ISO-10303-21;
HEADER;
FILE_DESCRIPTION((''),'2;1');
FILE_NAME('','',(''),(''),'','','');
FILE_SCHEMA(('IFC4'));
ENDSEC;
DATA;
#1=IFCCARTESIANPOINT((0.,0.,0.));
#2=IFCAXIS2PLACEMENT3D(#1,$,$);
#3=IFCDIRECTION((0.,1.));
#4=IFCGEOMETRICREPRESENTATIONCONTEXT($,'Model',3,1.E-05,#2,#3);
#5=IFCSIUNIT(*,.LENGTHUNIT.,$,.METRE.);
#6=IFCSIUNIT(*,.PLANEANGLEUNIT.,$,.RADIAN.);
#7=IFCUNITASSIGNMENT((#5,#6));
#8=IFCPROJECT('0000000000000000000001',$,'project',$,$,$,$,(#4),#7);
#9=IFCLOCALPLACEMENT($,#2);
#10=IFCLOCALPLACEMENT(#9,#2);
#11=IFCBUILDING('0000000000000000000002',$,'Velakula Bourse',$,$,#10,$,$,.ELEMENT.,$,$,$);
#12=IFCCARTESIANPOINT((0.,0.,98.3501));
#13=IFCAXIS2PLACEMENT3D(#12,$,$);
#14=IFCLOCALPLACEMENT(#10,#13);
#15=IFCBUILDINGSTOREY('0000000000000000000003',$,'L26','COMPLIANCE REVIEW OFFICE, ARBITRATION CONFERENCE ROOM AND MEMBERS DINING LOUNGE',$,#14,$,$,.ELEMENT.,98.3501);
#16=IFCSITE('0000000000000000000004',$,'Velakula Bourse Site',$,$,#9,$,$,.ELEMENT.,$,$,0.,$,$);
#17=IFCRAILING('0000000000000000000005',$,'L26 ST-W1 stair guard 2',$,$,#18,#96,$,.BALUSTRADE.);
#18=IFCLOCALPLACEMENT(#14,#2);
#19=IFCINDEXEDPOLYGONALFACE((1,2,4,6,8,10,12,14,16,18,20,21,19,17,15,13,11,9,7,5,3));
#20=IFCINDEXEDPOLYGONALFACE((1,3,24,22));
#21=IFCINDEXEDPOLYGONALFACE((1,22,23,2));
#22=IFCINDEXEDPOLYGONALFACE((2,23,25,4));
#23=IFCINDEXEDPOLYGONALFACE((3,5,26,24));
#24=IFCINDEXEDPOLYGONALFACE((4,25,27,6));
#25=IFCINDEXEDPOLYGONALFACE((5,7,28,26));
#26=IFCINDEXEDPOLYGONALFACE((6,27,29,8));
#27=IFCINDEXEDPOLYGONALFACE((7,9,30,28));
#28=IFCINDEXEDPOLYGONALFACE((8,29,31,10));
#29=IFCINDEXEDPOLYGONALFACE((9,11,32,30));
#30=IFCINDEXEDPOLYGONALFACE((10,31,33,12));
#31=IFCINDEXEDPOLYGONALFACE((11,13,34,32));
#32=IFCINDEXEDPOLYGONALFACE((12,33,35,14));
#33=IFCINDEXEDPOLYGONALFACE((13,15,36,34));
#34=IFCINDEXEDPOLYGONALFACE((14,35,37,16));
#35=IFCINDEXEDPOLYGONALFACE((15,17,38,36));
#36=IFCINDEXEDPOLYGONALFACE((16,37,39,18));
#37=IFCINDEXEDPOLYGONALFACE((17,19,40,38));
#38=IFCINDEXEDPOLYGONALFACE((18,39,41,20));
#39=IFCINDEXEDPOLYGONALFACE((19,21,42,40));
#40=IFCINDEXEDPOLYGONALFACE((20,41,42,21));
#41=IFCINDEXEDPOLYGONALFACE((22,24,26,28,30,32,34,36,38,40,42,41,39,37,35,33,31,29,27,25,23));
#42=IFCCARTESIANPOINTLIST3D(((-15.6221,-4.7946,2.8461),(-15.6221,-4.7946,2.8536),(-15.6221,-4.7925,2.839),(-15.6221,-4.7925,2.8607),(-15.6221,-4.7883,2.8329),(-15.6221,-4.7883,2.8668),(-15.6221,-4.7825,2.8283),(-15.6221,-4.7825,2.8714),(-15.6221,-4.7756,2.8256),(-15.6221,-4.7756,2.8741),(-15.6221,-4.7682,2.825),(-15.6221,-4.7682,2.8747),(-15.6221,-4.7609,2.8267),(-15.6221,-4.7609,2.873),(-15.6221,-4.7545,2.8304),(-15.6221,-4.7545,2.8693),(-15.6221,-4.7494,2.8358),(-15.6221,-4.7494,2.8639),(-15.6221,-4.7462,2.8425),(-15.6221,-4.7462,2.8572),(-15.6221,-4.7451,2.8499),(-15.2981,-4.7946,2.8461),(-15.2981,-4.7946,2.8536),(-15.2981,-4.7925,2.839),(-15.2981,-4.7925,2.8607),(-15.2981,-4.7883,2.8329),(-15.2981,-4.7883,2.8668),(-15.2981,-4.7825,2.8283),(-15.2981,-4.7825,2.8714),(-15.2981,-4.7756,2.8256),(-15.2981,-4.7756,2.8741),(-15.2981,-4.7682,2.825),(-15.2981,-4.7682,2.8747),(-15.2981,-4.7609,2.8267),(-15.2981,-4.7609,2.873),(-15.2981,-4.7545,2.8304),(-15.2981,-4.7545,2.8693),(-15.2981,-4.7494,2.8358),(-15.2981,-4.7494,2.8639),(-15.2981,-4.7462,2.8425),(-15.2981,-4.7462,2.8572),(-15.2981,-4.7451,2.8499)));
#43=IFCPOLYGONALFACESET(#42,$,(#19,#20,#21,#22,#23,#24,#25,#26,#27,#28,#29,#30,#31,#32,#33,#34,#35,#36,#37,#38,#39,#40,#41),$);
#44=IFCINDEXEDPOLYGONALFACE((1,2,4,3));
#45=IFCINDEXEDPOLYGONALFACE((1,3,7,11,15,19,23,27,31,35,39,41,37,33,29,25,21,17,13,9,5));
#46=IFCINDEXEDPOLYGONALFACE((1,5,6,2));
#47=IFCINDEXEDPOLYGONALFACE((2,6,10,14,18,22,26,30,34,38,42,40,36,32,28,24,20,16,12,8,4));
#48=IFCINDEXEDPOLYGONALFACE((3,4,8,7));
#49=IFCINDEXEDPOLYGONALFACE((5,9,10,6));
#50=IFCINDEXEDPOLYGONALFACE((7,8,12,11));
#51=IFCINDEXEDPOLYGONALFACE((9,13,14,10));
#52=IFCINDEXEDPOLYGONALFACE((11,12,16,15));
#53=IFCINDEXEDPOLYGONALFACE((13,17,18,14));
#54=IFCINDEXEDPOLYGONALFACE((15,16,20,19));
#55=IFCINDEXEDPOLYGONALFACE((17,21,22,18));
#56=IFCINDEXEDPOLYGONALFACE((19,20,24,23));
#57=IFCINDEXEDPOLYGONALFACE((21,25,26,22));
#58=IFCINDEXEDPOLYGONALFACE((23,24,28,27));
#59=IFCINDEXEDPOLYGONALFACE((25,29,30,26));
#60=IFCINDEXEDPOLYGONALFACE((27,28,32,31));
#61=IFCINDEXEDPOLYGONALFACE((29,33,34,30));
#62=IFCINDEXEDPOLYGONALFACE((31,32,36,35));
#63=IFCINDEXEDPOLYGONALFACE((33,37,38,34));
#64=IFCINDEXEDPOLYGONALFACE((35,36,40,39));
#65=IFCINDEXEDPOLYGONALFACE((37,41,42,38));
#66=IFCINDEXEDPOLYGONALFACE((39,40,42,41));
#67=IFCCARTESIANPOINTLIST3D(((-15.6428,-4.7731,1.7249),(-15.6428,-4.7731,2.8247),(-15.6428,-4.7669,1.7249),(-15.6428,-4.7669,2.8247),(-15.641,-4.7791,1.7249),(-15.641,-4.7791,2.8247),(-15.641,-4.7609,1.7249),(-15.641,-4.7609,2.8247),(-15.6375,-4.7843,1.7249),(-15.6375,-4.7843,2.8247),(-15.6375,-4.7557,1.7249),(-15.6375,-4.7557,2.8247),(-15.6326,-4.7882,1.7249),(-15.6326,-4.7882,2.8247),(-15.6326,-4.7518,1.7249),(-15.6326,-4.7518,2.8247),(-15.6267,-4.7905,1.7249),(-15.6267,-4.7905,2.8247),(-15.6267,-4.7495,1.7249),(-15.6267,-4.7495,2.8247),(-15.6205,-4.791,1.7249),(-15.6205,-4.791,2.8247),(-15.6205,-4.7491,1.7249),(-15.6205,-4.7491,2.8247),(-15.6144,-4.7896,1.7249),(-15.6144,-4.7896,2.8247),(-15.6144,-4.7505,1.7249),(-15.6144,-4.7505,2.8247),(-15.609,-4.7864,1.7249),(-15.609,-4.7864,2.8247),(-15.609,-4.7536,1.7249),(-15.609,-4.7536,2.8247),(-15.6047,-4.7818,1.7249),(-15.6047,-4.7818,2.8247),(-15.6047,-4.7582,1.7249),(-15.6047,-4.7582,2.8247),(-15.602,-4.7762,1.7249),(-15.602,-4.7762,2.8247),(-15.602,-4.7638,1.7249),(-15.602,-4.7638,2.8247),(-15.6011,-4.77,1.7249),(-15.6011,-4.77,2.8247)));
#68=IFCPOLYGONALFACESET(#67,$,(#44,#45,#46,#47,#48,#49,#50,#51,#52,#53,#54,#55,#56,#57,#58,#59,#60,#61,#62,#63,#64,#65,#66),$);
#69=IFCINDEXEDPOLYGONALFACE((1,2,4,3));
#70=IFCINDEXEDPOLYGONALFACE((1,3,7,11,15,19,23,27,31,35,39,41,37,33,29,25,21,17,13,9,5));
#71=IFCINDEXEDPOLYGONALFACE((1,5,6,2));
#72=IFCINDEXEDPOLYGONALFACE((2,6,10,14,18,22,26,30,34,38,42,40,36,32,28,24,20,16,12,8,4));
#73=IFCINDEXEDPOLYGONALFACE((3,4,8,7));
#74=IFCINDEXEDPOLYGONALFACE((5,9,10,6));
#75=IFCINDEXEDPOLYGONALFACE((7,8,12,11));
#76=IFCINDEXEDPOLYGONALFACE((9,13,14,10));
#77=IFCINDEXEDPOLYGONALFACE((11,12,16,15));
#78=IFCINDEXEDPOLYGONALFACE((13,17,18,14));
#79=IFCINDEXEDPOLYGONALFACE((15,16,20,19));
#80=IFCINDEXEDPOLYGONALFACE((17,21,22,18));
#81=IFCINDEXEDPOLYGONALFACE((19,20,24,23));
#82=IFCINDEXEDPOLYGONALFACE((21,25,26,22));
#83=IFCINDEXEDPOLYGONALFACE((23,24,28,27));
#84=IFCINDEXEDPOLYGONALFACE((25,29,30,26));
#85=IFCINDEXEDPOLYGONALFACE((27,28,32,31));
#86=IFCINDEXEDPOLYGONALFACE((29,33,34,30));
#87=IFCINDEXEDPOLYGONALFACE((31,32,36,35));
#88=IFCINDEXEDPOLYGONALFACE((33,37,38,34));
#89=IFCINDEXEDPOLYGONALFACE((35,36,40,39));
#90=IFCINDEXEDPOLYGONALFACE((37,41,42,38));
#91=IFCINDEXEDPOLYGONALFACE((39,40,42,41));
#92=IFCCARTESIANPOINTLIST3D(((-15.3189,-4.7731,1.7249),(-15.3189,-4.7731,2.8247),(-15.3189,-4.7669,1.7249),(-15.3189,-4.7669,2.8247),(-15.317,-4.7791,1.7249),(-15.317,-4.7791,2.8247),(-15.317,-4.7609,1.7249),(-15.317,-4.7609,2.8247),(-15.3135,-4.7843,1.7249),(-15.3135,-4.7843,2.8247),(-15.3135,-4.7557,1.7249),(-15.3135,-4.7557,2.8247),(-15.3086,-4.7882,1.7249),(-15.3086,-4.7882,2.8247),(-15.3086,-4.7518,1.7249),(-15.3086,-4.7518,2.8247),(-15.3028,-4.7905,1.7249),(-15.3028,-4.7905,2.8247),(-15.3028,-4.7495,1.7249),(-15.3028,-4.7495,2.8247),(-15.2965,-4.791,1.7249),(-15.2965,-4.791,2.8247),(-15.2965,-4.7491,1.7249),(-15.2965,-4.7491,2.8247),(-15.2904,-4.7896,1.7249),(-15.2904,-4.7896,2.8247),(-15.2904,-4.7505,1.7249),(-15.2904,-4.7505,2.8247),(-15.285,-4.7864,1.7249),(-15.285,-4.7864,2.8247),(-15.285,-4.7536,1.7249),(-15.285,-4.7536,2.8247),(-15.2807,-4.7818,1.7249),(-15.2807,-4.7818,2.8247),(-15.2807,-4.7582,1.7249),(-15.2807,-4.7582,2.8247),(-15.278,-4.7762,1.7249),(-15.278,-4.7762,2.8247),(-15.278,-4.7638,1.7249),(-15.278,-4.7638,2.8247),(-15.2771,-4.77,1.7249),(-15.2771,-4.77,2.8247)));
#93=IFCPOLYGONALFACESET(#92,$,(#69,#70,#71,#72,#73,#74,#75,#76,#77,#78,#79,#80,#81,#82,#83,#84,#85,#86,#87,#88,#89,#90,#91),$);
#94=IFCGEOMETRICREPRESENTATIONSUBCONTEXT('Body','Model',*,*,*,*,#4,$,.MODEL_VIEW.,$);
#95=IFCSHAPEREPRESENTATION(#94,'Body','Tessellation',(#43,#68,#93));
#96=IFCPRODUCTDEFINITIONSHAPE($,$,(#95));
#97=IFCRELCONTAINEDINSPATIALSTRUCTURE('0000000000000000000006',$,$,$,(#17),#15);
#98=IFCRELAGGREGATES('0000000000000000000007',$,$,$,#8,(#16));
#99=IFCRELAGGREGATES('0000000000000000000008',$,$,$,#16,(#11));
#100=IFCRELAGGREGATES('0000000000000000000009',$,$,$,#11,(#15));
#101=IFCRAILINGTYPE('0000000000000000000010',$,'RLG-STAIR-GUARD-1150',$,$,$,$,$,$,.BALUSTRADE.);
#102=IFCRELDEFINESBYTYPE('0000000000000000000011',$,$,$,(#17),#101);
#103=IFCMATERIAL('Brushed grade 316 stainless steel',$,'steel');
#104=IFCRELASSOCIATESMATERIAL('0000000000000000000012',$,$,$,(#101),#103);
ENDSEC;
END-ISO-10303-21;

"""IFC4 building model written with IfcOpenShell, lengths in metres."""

from ifc_helpers import new_model, si_unit, direction, frame, origin, origin_2d, place, context, subcontext, project, spatial, circle, extrude, material, type_object, element, save


model = new_model("IFC4")

# Units and contexts
model_context = context("Model", 3, precision=1e-05, world=origin(), true_north=direction((0.0, 1.0)))
body_context = subcontext(model_context, "Body", "Model", "MODEL_VIEW")
ifc_project = project(units=[si_unit("LENGTHUNIT", "METRE"), si_unit("PLANEANGLEUNIT", "RADIAN")], contexts=[model_context])

# Site, building, storey
site_placement = place(None, origin())
site = spatial("IfcSite", under=ifc_project, at=site_placement, Name="Velakula Bourse Site", CompositionType="ELEMENT", RefElevation=0.0)
building_placement = place(site_placement, origin())
building = spatial("IfcBuilding", under=site, at=building_placement, Name="Velakula Bourse", CompositionType="ELEMENT")
storey_placement = place(building_placement, frame((0.0, 0.0, 98.3501)))
storey = spatial("IfcBuildingStorey", under=building, at=storey_placement, Name="L26", Description="COMPLIANCE REVIEW OFFICE, ARBITRATION CONFERENCE ROOM AND MEMBERS DINING LOUNGE", CompositionType="ELEMENT", Elevation=98.3501)

# Shared definitions
ifc_material_1 = material(Name="Brushed grade 316 stainless steel", Category="steel")

# Railing
railing_type_1 = type_object("IfcRailingType", Name="RLG-STAIR-GUARD-1150", PredefinedType="BALUSTRADE", material=ifc_material_1)
railing_1_placement = place(storey_placement, frame((-15.6221, -4.77, 1.7249)))
element("IfcRailing", 1, at=railing_1_placement, inside=storey, type_object=railing_type_1, Name="L26 ST-W1 stair guard 2", PredefinedType="BALUSTRADE", context=body_context, shape_type="SweptSolid", body=[
    extrude(circle(Radius=0.0249, at=origin_2d()), frame((0.0, 0.0, 1.125), z_axis=(1.0, 0.0, 0.0), x_axis=(0.0, 1.0, 0.0)), (0.0, 0.0, 1.0), 0.324),
    extrude(circle(Radius=0.021, at=origin_2d()), origin(), (0.0, 0.0, 1.0), 1.0999),
    extrude(circle(Radius=0.021, at=origin_2d()), frame((0.324, 0.0, 0.0)), (0.0, 0.0, 1.0), 1.0999),
])

save(model, "model.ifc")
